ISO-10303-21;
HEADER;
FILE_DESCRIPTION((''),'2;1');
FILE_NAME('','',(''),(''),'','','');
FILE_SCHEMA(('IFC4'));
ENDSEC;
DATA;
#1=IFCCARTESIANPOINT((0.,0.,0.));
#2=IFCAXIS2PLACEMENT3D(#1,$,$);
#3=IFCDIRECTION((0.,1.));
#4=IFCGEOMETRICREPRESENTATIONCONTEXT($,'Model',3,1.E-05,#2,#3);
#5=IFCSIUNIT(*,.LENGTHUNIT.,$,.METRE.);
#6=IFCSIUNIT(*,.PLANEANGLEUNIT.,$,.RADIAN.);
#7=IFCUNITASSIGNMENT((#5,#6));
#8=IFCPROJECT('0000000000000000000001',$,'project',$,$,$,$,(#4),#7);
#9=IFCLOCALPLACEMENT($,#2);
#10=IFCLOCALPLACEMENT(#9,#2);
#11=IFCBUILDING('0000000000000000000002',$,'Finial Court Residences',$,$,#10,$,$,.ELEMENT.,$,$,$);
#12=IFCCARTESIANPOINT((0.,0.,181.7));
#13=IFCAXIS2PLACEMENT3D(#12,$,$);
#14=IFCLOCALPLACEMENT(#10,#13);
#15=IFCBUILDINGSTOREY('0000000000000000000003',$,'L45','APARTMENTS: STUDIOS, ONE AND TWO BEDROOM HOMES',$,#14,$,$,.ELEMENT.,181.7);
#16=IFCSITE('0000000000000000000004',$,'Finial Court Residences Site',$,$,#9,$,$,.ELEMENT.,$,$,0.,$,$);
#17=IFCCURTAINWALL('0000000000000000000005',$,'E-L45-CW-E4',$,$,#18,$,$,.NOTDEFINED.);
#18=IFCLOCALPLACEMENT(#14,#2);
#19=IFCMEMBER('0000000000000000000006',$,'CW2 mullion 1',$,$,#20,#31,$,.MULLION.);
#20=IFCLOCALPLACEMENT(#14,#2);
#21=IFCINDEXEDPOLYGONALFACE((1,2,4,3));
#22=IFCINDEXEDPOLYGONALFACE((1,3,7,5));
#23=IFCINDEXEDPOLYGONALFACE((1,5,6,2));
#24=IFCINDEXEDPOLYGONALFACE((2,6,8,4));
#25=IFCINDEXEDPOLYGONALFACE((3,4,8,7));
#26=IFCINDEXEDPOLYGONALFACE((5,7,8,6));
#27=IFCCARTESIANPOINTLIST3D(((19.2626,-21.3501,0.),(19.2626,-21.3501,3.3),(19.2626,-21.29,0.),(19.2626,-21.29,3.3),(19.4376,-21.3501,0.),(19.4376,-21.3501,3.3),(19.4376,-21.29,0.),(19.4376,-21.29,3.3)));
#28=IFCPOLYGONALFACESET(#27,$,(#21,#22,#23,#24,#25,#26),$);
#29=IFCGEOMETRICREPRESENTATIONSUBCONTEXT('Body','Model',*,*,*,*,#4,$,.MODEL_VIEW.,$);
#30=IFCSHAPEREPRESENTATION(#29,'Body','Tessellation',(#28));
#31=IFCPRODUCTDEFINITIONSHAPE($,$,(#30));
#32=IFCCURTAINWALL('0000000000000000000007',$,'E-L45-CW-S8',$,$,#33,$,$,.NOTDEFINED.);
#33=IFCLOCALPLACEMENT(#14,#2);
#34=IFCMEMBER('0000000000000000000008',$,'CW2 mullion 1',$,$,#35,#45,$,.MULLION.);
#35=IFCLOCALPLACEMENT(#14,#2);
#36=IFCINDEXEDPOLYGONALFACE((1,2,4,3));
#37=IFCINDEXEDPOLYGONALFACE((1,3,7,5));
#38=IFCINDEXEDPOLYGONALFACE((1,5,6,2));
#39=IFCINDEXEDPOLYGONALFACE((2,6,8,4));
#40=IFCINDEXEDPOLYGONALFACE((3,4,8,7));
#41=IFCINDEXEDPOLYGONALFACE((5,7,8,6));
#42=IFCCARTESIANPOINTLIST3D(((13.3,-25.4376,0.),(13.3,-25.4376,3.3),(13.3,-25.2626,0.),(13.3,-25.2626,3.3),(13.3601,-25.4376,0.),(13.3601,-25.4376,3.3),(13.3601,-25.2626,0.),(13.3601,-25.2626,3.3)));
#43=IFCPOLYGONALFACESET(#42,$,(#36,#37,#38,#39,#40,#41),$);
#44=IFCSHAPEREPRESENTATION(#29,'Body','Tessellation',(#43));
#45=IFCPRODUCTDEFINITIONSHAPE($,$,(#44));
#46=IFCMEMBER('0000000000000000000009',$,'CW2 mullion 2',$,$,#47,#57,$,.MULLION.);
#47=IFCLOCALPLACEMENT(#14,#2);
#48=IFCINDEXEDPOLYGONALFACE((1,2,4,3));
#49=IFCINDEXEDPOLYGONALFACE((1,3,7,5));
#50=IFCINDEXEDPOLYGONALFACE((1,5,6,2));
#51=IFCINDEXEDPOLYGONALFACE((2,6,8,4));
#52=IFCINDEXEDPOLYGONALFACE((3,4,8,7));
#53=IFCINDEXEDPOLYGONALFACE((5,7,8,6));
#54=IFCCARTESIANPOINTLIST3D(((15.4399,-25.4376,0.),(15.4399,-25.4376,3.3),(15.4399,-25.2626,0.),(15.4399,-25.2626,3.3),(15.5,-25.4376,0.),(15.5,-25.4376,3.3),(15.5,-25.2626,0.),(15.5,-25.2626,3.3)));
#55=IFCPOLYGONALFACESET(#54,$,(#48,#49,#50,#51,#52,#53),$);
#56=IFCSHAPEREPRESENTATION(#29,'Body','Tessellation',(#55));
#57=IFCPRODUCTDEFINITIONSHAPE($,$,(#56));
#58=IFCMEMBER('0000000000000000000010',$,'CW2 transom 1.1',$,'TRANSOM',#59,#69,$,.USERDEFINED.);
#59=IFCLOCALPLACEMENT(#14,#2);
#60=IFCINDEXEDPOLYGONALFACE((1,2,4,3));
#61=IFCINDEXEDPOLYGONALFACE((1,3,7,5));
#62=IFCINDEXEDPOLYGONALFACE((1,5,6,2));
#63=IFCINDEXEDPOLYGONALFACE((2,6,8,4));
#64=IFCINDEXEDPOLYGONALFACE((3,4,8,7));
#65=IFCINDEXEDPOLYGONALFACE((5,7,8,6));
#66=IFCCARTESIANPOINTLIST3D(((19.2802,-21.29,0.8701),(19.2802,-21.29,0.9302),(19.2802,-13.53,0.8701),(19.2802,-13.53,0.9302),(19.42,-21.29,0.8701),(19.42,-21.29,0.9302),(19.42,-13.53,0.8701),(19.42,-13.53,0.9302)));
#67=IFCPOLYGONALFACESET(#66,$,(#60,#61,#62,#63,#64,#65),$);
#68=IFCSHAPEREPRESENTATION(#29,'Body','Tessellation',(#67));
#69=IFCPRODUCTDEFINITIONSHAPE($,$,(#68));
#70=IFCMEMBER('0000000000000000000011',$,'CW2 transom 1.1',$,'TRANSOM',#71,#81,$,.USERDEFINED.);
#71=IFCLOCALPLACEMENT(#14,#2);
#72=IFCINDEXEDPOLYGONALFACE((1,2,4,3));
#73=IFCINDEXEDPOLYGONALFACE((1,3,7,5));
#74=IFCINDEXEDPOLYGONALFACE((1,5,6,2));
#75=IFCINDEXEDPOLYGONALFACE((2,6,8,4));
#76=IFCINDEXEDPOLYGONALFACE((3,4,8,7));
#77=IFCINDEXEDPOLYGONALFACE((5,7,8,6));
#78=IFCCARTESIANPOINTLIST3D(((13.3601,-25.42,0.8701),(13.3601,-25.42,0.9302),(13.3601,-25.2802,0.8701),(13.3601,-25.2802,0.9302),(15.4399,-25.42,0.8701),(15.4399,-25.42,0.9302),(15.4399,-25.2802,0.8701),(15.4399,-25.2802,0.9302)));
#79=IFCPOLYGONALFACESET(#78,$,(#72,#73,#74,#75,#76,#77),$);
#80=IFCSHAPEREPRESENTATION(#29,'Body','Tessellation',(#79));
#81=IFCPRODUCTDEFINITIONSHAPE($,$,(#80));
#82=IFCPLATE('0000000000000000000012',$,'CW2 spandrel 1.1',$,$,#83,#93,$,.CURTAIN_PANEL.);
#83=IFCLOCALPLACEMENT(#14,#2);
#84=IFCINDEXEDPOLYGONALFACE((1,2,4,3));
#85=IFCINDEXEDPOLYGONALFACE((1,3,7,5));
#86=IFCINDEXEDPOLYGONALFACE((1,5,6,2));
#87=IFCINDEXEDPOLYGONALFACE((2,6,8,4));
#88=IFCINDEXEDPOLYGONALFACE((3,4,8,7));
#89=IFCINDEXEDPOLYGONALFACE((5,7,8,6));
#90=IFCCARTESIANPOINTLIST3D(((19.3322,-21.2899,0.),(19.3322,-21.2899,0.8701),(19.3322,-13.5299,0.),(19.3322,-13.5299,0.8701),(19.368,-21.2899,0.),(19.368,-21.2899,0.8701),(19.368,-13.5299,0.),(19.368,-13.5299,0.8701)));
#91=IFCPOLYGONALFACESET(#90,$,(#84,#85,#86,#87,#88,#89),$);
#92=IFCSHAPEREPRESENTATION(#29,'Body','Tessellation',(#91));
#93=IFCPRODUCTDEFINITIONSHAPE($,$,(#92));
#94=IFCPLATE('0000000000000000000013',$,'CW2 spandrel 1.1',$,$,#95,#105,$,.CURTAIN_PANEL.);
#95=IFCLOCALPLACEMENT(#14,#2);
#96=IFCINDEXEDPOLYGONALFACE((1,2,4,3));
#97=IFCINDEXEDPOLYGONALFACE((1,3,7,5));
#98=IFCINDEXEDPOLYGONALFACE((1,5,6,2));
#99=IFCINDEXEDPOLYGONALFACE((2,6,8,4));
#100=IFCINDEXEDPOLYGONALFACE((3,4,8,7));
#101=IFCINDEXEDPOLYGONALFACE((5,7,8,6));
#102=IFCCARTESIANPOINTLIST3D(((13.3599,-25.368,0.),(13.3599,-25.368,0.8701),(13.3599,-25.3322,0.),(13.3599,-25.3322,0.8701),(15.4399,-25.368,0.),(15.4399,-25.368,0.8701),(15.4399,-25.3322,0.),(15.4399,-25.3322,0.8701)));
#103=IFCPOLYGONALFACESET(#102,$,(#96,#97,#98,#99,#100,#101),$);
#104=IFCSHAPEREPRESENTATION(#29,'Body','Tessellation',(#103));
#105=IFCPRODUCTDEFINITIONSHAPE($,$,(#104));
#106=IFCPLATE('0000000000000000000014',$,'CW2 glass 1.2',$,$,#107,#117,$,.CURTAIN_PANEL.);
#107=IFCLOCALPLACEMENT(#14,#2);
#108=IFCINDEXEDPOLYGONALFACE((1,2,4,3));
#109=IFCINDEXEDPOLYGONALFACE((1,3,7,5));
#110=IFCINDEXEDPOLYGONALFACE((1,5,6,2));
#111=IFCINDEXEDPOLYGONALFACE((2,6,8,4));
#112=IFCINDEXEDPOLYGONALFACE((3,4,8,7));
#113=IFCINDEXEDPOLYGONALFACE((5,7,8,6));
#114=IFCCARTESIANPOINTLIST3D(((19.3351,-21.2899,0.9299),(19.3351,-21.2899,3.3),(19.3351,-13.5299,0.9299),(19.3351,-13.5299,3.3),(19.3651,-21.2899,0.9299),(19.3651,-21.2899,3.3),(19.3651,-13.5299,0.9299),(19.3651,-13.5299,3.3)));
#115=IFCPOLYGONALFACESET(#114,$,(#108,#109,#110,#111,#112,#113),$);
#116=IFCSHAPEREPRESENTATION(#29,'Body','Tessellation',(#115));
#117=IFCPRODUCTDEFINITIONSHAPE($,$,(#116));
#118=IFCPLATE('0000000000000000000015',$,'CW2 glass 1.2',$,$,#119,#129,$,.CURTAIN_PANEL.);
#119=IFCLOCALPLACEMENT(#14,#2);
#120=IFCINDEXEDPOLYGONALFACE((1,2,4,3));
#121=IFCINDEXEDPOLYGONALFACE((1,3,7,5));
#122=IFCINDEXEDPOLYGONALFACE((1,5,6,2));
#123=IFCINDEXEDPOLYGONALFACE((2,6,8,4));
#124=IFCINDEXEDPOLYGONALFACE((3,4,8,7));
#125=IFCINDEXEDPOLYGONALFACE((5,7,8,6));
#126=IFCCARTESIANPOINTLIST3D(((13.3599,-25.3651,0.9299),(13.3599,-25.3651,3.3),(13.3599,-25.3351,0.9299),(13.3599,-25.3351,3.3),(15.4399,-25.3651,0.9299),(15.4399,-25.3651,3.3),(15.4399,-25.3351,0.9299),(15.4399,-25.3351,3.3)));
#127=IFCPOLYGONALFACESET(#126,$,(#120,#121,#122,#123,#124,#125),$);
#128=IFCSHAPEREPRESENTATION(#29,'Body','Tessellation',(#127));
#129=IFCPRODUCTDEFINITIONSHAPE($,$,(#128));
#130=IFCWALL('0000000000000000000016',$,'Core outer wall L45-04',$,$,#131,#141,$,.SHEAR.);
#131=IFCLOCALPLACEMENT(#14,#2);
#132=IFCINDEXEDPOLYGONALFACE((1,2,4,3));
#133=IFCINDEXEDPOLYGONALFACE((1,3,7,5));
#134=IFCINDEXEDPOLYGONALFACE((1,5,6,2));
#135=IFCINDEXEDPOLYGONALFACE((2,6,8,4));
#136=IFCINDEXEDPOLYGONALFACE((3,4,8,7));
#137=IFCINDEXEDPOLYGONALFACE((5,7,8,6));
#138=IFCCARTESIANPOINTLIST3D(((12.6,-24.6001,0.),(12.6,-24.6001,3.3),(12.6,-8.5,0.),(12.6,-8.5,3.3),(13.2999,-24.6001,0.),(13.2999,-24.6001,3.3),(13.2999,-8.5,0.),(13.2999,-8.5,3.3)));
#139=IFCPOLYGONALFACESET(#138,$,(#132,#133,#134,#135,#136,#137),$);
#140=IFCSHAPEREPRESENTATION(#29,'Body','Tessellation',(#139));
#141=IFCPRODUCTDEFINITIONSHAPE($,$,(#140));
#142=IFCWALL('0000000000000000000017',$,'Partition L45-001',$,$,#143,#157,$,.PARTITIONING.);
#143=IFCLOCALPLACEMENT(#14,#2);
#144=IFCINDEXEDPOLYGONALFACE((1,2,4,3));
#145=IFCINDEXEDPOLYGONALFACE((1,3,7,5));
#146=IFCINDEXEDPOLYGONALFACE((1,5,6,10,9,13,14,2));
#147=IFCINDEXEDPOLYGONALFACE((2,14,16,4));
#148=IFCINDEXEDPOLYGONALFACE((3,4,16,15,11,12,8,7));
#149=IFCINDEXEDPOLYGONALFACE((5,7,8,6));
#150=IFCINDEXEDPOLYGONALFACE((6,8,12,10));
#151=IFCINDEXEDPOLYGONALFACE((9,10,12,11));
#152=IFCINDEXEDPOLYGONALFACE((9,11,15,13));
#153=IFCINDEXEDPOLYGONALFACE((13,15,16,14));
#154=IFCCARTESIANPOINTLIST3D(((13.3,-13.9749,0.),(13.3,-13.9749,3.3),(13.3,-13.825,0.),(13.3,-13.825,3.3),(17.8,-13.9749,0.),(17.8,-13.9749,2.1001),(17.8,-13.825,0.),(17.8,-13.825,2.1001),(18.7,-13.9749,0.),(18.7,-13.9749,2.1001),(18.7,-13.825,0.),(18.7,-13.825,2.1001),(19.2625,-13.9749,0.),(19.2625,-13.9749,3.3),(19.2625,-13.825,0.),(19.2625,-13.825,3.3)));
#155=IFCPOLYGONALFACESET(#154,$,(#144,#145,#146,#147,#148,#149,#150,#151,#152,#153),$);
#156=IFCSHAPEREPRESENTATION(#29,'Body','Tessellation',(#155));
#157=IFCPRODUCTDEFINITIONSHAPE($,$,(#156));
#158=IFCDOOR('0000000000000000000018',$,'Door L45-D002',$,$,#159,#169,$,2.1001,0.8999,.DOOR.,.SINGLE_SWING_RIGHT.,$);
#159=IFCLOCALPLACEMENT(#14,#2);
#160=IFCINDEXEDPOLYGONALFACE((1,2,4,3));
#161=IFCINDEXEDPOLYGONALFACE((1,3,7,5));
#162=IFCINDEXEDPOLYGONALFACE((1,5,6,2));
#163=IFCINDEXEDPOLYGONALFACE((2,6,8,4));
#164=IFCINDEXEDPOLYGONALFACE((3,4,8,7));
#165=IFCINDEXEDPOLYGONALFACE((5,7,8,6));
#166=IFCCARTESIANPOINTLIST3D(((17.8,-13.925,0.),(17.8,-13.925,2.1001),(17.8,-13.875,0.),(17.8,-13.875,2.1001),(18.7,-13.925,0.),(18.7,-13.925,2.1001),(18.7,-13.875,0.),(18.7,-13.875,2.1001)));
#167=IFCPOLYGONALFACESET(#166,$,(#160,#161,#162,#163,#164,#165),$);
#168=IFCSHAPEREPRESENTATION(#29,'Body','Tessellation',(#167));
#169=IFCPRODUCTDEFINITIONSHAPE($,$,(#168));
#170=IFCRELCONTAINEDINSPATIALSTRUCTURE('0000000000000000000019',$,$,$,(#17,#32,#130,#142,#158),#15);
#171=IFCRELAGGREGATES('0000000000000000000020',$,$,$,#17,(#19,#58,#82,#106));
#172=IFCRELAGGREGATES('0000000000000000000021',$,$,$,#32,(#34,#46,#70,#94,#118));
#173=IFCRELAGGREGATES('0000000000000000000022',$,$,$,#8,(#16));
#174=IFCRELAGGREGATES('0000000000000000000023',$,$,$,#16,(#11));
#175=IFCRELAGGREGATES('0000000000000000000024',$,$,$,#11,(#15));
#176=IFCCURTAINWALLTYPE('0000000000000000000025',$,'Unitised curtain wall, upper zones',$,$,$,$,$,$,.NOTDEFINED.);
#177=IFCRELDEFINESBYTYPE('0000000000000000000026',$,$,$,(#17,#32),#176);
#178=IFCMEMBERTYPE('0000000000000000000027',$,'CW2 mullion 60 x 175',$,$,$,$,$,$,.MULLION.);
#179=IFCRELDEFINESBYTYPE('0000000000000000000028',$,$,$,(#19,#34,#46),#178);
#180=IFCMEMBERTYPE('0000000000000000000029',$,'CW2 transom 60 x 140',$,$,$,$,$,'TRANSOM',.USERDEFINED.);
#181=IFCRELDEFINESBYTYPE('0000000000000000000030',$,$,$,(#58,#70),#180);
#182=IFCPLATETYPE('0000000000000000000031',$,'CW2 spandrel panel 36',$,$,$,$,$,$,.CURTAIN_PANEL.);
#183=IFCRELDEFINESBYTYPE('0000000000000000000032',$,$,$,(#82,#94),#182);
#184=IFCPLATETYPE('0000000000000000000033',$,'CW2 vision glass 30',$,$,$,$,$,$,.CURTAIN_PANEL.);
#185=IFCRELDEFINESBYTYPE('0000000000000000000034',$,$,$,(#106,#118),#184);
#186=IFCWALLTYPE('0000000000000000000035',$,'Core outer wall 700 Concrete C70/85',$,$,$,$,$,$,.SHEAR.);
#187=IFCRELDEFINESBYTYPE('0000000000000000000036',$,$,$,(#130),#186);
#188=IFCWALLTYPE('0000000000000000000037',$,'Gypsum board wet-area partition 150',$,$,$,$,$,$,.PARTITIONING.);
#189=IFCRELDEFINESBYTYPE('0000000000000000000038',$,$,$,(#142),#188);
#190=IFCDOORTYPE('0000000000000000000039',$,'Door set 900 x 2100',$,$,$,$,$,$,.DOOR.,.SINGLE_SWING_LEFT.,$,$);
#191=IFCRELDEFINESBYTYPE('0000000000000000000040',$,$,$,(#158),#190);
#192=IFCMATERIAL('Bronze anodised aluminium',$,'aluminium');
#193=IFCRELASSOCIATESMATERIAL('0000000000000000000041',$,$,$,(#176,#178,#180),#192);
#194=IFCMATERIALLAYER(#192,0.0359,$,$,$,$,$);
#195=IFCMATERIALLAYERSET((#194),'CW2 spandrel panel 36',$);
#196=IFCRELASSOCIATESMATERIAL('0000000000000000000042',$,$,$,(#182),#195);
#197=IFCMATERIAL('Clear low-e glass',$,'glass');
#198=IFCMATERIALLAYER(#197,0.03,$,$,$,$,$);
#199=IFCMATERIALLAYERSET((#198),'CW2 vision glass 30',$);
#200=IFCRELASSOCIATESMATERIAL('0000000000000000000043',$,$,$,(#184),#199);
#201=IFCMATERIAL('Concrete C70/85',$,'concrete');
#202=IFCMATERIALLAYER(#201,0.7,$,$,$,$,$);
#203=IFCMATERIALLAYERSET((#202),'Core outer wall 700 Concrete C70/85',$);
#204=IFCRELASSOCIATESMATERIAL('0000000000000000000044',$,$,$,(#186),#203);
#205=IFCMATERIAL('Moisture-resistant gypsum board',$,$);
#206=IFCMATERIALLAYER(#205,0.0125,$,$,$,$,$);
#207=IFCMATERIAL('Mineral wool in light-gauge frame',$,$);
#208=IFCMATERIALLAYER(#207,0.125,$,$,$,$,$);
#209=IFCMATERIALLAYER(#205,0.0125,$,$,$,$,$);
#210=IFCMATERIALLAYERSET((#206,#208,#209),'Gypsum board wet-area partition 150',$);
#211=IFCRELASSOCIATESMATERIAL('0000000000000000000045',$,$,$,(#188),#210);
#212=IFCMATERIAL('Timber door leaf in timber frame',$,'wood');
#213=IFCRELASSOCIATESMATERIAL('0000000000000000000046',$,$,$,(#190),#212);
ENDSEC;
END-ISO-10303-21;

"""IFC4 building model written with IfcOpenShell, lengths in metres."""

from ifc_helpers import new_model, si_unit, direction, frame, frame_2d, origin, origin_2d, place, context, subcontext, project, spatial, rectangle, extrude, material, layer, layer_set, material_profile, profile_set, type_object, element, fill, aggregate, save


model = new_model("IFC4")

# Units and contexts
model_context = context("Model", 3, precision=1e-05, world=origin(), true_north=direction((0.0, 1.0)))
body_context = subcontext(model_context, "Body", "Model", "MODEL_VIEW")
ifc_project = project(units=[si_unit("LENGTHUNIT", "METRE"), si_unit("PLANEANGLEUNIT", "RADIAN")], contexts=[model_context])

# Site, building, storey
site_placement = place(None, origin())
site = spatial("IfcSite", under=ifc_project, at=site_placement, Name="Finial Court Residences Site", CompositionType="ELEMENT", RefElevation=0.0)
building_placement = place(site_placement, origin())
building = spatial("IfcBuilding", under=site, at=building_placement, Name="Finial Court Residences", CompositionType="ELEMENT")
storey_placement = place(building_placement, frame((0.0, 0.0, 181.7)))
storey = spatial("IfcBuildingStorey", under=building, at=storey_placement, Name="L45", Description="APARTMENTS: STUDIOS, ONE AND TWO BEDROOM HOMES", CompositionType="ELEMENT", Elevation=181.7)

# Curtain wall, member
ifc_material_1 = material(Name="Bronze anodised aluminium", Category="aluminium")
curtain_wall_type = type_object("IfcCurtainWallType", Name="Unitised curtain wall, upper zones", PredefinedType="NOTDEFINED", material=ifc_material_1)
curtain_wall_1_placement = place(storey_placement, origin())
curtain_wall_1 = element("IfcCurtainWall", 1, at=curtain_wall_1_placement, inside=storey, type_object=curtain_wall_type, Name="E-L45-CW-E4", PredefinedType="NOTDEFINED")
ifc_material_profile_1 = material_profile(ifc_material_1, rectangle(XDim=0.175, YDim=0.0601, at=origin_2d()), Name="CW2 mullion 60 x 175")
ifc_profile_set_1 = profile_set([ifc_material_profile_1], Name="Bronze anodised aluminium")
member_type_1 = type_object("IfcMemberType", Name="CW2 mullion 60 x 175", PredefinedType="MULLION", material=ifc_profile_set_1)
member_1_placement = place(storey_placement, frame((19.3501, -21.3201, 0.0), z_axis=(0.0, 0.0, 1.0), x_axis=(-1.0, 0.0, 0.0)))
member_1 = element("IfcMember", 2, at=member_1_placement, type_object=member_type_1, Name="CW2 mullion 1", PredefinedType="MULLION", context=body_context, shape_type="SweptSolid", body=[
    extrude(rectangle(XDim=0.175, YDim=0.0601, at=origin_2d()), origin(), (0.0, 0.0, 1.0), 3.3),
])

# Curtain wall, members
curtain_wall_2_placement = place(storey_placement, origin())
curtain_wall_2 = element("IfcCurtainWall", 3, at=curtain_wall_2_placement, inside=storey, type_object=curtain_wall_type, Name="E-L45-CW-S8", PredefinedType="NOTDEFINED")
member_2_placement = place(storey_placement, frame((13.3301, -25.3501, 0.0), z_axis=(0.0, 0.0, 1.0), x_axis=(0.0, 1.0, 0.0)))
member_2 = element("IfcMember", 4, at=member_2_placement, type_object=member_type_1, Name="CW2 mullion 1", PredefinedType="MULLION", context=body_context, shape_type="SweptSolid", body=[
    extrude(rectangle(XDim=0.175, YDim=0.0601, at=origin_2d()), origin(), (0.0, 0.0, 1.0), 3.3),
])
member_3_placement = place(storey_placement, frame((15.47, -25.3501, 0.0), z_axis=(0.0, 0.0, 1.0), x_axis=(0.0, 1.0, 0.0)))
member_3 = element("IfcMember", 5, at=member_3_placement, type_object=member_type_1, Name="CW2 mullion 2", PredefinedType="MULLION", context=body_context, shape_type="SweptSolid", body=[
    extrude(rectangle(XDim=0.175, YDim=0.0601, at=origin_2d()), origin(), (0.0, 0.0, 1.0), 3.3),
])

# Members
ifc_material_profile_2 = material_profile(ifc_material_1, rectangle(XDim=0.1399, YDim=0.0601, at=origin_2d()), Name="CW2 transom 60 x 140")
ifc_profile_set_2 = profile_set([ifc_material_profile_2], Name="Bronze anodised aluminium")
member_type_2 = type_object("IfcMemberType", Name="CW2 transom 60 x 140", ElementType="TRANSOM", PredefinedType="USERDEFINED", material=ifc_profile_set_2)
member_4_placement = place(storey_placement, frame((19.3501, -21.29, 0.9001), z_axis=(0.0, 1.0, 0.0), x_axis=(-1.0, 0.0, 0.0)))
member_4 = element("IfcMember", 6, at=member_4_placement, type_object=member_type_2, Name="CW2 transom 1.1", ObjectType="TRANSOM", PredefinedType="USERDEFINED", context=body_context, shape_type="SweptSolid", body=[
    extrude(rectangle(XDim=0.1399, YDim=0.0601, at=origin_2d()), origin(), (0.0, 0.0, 1.0), 7.76),
])
member_5_placement = place(storey_placement, frame((13.3601, -25.3501, 0.9001), z_axis=(1.0, 0.0, 0.0), x_axis=(0.0, 1.0, 0.0)))
member_5 = element("IfcMember", 7, at=member_5_placement, type_object=member_type_2, Name="CW2 transom 1.1", ObjectType="TRANSOM", PredefinedType="USERDEFINED", context=body_context, shape_type="SweptSolid", body=[
    extrude(rectangle(XDim=0.1399, YDim=0.0601, at=origin_2d()), origin(), (0.0, 0.0, 1.0), 2.0798),
])

# Plates
ifc_layer_1 = layer(ifc_material_1, 0.0359)
ifc_layer_set_1 = layer_set([ifc_layer_1], Name="CW2 spandrel panel 36")
plate_type_1 = type_object("IfcPlateType", Name="CW2 spandrel panel 36", PredefinedType="CURTAIN_PANEL", material=ifc_layer_set_1)
plate_1_placement = place(storey_placement, frame((19.3501, -17.4099, 0.0), z_axis=(0.0, 0.0, 1.0), x_axis=(0.0, 1.0, 0.0)))
plate_1 = element("IfcPlate", 8, at=plate_1_placement, type_object=plate_type_1, Name="CW2 spandrel 1.1", PredefinedType="CURTAIN_PANEL", context=body_context, shape_type="SweptSolid", body=[
    extrude(rectangle(XDim=7.76, YDim=0.0359, at=origin_2d()), origin(), (0.0, 0.0, 1.0), 0.8701),
])
plate_2_placement = place(storey_placement, frame((14.3999, -25.3501, 0.0), z_axis=(0.0, 0.0, 1.0), x_axis=(1.0, 0.0, 0.0)))
plate_2 = element("IfcPlate", 9, at=plate_2_placement, type_object=plate_type_1, Name="CW2 spandrel 1.1", PredefinedType="CURTAIN_PANEL", context=body_context, shape_type="SweptSolid", body=[
    extrude(rectangle(XDim=2.0801, YDim=0.0359, at=origin_2d()), origin(), (0.0, 0.0, 1.0), 0.8701),
])
ifc_material_2 = material(Name="Clear low-e glass", Category="glass")
ifc_layer_2 = layer(ifc_material_2, 0.03)
ifc_layer_set_2 = layer_set([ifc_layer_2], Name="CW2 vision glass 30")
plate_type_2 = type_object("IfcPlateType", Name="CW2 vision glass 30", PredefinedType="CURTAIN_PANEL", material=ifc_layer_set_2)
plate_3_placement = place(storey_placement, frame((19.3501, -17.4099, 0.9299), z_axis=(0.0, 0.0, 1.0), x_axis=(0.0, 1.0, 0.0)))
plate_3 = element("IfcPlate", 10, at=plate_3_placement, type_object=plate_type_2, Name="CW2 glass 1.2", PredefinedType="CURTAIN_PANEL", context=body_context, shape_type="SweptSolid", body=[
    extrude(rectangle(XDim=7.76, YDim=0.03, at=origin_2d()), origin(), (0.0, 0.0, 1.0), 2.3701),
])
aggregate(curtain_wall_1, [member_1, member_4, plate_1, plate_3])
plate_4_placement = place(storey_placement, frame((14.3999, -25.3501, 0.9299), z_axis=(0.0, 0.0, 1.0), x_axis=(1.0, 0.0, 0.0)))
plate_4 = element("IfcPlate", 11, at=plate_4_placement, type_object=plate_type_2, Name="CW2 glass 1.2", PredefinedType="CURTAIN_PANEL", context=body_context, shape_type="SweptSolid", body=[
    extrude(rectangle(XDim=2.0801, YDim=0.03, at=origin_2d()), origin(), (0.0, 0.0, 1.0), 2.3701),
])
aggregate(curtain_wall_2, [member_2, member_3, member_5, plate_2, plate_4])

# Wall
ifc_material_3 = material(Name="Concrete C70/85", Category="concrete")
ifc_layer_3 = layer(ifc_material_3, 0.7)
ifc_layer_set_3 = layer_set([ifc_layer_3], Name="Core outer wall 700 Concrete C70/85")
wall_type_1 = type_object("IfcWallType", Name="Core outer wall 700 Concrete C70/85", PredefinedType="SHEAR", material=ifc_layer_set_3)
wall_1_placement = place(storey_placement, frame((12.95, -24.6001, 0.0), z_axis=(0.0, 0.0, 1.0), x_axis=(0.0, 1.0, 0.0)))
element("IfcWall", 12, at=wall_1_placement, inside=storey, type_object=wall_type_1, Name="Core outer wall L45-04", PredefinedType="SHEAR", context=body_context, shape_type="SweptSolid", body=[
    extrude(rectangle(XDim=16.1001, YDim=0.7, at=frame_2d((8.05, 0.0))), origin(), (0.0, 0.0, 1.0), 3.3),
])

# Wall, opening, door
ifc_material_4 = material(Name="Moisture-resistant gypsum board")
ifc_layer_4 = layer(ifc_material_4, 0.0125)
ifc_material_5 = material(Name="Mineral wool in light-gauge frame")
ifc_layer_5 = layer(ifc_material_5, 0.125)
ifc_layer_6 = layer(ifc_material_4, 0.0125)
ifc_layer_set_4 = layer_set([ifc_layer_4, ifc_layer_5, ifc_layer_6], Name="Gypsum board wet-area partition 150")
wall_type_2 = type_object("IfcWallType", Name="Gypsum board wet-area partition 150", PredefinedType="PARTITIONING", material=ifc_layer_set_4)
wall_2_placement = place(storey_placement, frame((13.3, -13.8999, 0.0), z_axis=(0.0, 0.0, 1.0), x_axis=(1.0, 0.0, 0.0)))
wall_2 = element("IfcWall", 13, at=wall_2_placement, inside=storey, type_object=wall_type_2, Name="Partition L45-001", PredefinedType="PARTITIONING", context=body_context, shape_type="SweptSolid", body=[
    extrude(rectangle(XDim=5.9624, YDim=0.1499, at=frame_2d((2.9812, 0.0))), origin(), (0.0, 0.0, 1.0), 3.3),
])
opening_1_placement = place(wall_2_placement, frame((4.5, 0.0, 0.0)))
opening_1 = element("IfcOpeningElement", 14, at=opening_1_placement, cuts=wall_2, PredefinedType="OPENING", context=body_context, shape_type="SweptSolid", body=[
    extrude(rectangle(XDim=0.8999, YDim=2.1001, at=frame_2d((0.45, 1.05))), frame((0.0, 0.085, 0.0), z_axis=(0.0, -1.0, 0.0), x_axis=(1.0, 0.0, 0.0)), (0.0, 0.0, 1.0), 0.1699),
])
ifc_material_6 = material(Name="Timber door leaf in timber frame", Category="wood")
door_type = type_object("IfcDoorType", Name="Door set 900 x 2100", OperationType="SINGLE_SWING_LEFT", PredefinedType="DOOR", material=ifc_material_6)
door_placement = place(opening_1_placement, origin())
door = element("IfcDoor", 15, at=door_placement, inside=storey, type_object=door_type, Name="Door L45-D002", OperationType="SINGLE_SWING_RIGHT", OverallHeight=2.1001, OverallWidth=0.8999, PredefinedType="DOOR", context=body_context, shape_type="SweptSolid", body=[
    extrude(rectangle(XDim=0.8999, YDim=2.1001, at=frame_2d((0.45, 1.05))), frame((0.0, 0.0249, 0.0), z_axis=(0.0, -1.0, 0.0), x_axis=(1.0, 0.0, 0.0)), (0.0, 0.0, 1.0), 0.05),
])
fill(opening_1, door)

save(model, "model.ifc")
